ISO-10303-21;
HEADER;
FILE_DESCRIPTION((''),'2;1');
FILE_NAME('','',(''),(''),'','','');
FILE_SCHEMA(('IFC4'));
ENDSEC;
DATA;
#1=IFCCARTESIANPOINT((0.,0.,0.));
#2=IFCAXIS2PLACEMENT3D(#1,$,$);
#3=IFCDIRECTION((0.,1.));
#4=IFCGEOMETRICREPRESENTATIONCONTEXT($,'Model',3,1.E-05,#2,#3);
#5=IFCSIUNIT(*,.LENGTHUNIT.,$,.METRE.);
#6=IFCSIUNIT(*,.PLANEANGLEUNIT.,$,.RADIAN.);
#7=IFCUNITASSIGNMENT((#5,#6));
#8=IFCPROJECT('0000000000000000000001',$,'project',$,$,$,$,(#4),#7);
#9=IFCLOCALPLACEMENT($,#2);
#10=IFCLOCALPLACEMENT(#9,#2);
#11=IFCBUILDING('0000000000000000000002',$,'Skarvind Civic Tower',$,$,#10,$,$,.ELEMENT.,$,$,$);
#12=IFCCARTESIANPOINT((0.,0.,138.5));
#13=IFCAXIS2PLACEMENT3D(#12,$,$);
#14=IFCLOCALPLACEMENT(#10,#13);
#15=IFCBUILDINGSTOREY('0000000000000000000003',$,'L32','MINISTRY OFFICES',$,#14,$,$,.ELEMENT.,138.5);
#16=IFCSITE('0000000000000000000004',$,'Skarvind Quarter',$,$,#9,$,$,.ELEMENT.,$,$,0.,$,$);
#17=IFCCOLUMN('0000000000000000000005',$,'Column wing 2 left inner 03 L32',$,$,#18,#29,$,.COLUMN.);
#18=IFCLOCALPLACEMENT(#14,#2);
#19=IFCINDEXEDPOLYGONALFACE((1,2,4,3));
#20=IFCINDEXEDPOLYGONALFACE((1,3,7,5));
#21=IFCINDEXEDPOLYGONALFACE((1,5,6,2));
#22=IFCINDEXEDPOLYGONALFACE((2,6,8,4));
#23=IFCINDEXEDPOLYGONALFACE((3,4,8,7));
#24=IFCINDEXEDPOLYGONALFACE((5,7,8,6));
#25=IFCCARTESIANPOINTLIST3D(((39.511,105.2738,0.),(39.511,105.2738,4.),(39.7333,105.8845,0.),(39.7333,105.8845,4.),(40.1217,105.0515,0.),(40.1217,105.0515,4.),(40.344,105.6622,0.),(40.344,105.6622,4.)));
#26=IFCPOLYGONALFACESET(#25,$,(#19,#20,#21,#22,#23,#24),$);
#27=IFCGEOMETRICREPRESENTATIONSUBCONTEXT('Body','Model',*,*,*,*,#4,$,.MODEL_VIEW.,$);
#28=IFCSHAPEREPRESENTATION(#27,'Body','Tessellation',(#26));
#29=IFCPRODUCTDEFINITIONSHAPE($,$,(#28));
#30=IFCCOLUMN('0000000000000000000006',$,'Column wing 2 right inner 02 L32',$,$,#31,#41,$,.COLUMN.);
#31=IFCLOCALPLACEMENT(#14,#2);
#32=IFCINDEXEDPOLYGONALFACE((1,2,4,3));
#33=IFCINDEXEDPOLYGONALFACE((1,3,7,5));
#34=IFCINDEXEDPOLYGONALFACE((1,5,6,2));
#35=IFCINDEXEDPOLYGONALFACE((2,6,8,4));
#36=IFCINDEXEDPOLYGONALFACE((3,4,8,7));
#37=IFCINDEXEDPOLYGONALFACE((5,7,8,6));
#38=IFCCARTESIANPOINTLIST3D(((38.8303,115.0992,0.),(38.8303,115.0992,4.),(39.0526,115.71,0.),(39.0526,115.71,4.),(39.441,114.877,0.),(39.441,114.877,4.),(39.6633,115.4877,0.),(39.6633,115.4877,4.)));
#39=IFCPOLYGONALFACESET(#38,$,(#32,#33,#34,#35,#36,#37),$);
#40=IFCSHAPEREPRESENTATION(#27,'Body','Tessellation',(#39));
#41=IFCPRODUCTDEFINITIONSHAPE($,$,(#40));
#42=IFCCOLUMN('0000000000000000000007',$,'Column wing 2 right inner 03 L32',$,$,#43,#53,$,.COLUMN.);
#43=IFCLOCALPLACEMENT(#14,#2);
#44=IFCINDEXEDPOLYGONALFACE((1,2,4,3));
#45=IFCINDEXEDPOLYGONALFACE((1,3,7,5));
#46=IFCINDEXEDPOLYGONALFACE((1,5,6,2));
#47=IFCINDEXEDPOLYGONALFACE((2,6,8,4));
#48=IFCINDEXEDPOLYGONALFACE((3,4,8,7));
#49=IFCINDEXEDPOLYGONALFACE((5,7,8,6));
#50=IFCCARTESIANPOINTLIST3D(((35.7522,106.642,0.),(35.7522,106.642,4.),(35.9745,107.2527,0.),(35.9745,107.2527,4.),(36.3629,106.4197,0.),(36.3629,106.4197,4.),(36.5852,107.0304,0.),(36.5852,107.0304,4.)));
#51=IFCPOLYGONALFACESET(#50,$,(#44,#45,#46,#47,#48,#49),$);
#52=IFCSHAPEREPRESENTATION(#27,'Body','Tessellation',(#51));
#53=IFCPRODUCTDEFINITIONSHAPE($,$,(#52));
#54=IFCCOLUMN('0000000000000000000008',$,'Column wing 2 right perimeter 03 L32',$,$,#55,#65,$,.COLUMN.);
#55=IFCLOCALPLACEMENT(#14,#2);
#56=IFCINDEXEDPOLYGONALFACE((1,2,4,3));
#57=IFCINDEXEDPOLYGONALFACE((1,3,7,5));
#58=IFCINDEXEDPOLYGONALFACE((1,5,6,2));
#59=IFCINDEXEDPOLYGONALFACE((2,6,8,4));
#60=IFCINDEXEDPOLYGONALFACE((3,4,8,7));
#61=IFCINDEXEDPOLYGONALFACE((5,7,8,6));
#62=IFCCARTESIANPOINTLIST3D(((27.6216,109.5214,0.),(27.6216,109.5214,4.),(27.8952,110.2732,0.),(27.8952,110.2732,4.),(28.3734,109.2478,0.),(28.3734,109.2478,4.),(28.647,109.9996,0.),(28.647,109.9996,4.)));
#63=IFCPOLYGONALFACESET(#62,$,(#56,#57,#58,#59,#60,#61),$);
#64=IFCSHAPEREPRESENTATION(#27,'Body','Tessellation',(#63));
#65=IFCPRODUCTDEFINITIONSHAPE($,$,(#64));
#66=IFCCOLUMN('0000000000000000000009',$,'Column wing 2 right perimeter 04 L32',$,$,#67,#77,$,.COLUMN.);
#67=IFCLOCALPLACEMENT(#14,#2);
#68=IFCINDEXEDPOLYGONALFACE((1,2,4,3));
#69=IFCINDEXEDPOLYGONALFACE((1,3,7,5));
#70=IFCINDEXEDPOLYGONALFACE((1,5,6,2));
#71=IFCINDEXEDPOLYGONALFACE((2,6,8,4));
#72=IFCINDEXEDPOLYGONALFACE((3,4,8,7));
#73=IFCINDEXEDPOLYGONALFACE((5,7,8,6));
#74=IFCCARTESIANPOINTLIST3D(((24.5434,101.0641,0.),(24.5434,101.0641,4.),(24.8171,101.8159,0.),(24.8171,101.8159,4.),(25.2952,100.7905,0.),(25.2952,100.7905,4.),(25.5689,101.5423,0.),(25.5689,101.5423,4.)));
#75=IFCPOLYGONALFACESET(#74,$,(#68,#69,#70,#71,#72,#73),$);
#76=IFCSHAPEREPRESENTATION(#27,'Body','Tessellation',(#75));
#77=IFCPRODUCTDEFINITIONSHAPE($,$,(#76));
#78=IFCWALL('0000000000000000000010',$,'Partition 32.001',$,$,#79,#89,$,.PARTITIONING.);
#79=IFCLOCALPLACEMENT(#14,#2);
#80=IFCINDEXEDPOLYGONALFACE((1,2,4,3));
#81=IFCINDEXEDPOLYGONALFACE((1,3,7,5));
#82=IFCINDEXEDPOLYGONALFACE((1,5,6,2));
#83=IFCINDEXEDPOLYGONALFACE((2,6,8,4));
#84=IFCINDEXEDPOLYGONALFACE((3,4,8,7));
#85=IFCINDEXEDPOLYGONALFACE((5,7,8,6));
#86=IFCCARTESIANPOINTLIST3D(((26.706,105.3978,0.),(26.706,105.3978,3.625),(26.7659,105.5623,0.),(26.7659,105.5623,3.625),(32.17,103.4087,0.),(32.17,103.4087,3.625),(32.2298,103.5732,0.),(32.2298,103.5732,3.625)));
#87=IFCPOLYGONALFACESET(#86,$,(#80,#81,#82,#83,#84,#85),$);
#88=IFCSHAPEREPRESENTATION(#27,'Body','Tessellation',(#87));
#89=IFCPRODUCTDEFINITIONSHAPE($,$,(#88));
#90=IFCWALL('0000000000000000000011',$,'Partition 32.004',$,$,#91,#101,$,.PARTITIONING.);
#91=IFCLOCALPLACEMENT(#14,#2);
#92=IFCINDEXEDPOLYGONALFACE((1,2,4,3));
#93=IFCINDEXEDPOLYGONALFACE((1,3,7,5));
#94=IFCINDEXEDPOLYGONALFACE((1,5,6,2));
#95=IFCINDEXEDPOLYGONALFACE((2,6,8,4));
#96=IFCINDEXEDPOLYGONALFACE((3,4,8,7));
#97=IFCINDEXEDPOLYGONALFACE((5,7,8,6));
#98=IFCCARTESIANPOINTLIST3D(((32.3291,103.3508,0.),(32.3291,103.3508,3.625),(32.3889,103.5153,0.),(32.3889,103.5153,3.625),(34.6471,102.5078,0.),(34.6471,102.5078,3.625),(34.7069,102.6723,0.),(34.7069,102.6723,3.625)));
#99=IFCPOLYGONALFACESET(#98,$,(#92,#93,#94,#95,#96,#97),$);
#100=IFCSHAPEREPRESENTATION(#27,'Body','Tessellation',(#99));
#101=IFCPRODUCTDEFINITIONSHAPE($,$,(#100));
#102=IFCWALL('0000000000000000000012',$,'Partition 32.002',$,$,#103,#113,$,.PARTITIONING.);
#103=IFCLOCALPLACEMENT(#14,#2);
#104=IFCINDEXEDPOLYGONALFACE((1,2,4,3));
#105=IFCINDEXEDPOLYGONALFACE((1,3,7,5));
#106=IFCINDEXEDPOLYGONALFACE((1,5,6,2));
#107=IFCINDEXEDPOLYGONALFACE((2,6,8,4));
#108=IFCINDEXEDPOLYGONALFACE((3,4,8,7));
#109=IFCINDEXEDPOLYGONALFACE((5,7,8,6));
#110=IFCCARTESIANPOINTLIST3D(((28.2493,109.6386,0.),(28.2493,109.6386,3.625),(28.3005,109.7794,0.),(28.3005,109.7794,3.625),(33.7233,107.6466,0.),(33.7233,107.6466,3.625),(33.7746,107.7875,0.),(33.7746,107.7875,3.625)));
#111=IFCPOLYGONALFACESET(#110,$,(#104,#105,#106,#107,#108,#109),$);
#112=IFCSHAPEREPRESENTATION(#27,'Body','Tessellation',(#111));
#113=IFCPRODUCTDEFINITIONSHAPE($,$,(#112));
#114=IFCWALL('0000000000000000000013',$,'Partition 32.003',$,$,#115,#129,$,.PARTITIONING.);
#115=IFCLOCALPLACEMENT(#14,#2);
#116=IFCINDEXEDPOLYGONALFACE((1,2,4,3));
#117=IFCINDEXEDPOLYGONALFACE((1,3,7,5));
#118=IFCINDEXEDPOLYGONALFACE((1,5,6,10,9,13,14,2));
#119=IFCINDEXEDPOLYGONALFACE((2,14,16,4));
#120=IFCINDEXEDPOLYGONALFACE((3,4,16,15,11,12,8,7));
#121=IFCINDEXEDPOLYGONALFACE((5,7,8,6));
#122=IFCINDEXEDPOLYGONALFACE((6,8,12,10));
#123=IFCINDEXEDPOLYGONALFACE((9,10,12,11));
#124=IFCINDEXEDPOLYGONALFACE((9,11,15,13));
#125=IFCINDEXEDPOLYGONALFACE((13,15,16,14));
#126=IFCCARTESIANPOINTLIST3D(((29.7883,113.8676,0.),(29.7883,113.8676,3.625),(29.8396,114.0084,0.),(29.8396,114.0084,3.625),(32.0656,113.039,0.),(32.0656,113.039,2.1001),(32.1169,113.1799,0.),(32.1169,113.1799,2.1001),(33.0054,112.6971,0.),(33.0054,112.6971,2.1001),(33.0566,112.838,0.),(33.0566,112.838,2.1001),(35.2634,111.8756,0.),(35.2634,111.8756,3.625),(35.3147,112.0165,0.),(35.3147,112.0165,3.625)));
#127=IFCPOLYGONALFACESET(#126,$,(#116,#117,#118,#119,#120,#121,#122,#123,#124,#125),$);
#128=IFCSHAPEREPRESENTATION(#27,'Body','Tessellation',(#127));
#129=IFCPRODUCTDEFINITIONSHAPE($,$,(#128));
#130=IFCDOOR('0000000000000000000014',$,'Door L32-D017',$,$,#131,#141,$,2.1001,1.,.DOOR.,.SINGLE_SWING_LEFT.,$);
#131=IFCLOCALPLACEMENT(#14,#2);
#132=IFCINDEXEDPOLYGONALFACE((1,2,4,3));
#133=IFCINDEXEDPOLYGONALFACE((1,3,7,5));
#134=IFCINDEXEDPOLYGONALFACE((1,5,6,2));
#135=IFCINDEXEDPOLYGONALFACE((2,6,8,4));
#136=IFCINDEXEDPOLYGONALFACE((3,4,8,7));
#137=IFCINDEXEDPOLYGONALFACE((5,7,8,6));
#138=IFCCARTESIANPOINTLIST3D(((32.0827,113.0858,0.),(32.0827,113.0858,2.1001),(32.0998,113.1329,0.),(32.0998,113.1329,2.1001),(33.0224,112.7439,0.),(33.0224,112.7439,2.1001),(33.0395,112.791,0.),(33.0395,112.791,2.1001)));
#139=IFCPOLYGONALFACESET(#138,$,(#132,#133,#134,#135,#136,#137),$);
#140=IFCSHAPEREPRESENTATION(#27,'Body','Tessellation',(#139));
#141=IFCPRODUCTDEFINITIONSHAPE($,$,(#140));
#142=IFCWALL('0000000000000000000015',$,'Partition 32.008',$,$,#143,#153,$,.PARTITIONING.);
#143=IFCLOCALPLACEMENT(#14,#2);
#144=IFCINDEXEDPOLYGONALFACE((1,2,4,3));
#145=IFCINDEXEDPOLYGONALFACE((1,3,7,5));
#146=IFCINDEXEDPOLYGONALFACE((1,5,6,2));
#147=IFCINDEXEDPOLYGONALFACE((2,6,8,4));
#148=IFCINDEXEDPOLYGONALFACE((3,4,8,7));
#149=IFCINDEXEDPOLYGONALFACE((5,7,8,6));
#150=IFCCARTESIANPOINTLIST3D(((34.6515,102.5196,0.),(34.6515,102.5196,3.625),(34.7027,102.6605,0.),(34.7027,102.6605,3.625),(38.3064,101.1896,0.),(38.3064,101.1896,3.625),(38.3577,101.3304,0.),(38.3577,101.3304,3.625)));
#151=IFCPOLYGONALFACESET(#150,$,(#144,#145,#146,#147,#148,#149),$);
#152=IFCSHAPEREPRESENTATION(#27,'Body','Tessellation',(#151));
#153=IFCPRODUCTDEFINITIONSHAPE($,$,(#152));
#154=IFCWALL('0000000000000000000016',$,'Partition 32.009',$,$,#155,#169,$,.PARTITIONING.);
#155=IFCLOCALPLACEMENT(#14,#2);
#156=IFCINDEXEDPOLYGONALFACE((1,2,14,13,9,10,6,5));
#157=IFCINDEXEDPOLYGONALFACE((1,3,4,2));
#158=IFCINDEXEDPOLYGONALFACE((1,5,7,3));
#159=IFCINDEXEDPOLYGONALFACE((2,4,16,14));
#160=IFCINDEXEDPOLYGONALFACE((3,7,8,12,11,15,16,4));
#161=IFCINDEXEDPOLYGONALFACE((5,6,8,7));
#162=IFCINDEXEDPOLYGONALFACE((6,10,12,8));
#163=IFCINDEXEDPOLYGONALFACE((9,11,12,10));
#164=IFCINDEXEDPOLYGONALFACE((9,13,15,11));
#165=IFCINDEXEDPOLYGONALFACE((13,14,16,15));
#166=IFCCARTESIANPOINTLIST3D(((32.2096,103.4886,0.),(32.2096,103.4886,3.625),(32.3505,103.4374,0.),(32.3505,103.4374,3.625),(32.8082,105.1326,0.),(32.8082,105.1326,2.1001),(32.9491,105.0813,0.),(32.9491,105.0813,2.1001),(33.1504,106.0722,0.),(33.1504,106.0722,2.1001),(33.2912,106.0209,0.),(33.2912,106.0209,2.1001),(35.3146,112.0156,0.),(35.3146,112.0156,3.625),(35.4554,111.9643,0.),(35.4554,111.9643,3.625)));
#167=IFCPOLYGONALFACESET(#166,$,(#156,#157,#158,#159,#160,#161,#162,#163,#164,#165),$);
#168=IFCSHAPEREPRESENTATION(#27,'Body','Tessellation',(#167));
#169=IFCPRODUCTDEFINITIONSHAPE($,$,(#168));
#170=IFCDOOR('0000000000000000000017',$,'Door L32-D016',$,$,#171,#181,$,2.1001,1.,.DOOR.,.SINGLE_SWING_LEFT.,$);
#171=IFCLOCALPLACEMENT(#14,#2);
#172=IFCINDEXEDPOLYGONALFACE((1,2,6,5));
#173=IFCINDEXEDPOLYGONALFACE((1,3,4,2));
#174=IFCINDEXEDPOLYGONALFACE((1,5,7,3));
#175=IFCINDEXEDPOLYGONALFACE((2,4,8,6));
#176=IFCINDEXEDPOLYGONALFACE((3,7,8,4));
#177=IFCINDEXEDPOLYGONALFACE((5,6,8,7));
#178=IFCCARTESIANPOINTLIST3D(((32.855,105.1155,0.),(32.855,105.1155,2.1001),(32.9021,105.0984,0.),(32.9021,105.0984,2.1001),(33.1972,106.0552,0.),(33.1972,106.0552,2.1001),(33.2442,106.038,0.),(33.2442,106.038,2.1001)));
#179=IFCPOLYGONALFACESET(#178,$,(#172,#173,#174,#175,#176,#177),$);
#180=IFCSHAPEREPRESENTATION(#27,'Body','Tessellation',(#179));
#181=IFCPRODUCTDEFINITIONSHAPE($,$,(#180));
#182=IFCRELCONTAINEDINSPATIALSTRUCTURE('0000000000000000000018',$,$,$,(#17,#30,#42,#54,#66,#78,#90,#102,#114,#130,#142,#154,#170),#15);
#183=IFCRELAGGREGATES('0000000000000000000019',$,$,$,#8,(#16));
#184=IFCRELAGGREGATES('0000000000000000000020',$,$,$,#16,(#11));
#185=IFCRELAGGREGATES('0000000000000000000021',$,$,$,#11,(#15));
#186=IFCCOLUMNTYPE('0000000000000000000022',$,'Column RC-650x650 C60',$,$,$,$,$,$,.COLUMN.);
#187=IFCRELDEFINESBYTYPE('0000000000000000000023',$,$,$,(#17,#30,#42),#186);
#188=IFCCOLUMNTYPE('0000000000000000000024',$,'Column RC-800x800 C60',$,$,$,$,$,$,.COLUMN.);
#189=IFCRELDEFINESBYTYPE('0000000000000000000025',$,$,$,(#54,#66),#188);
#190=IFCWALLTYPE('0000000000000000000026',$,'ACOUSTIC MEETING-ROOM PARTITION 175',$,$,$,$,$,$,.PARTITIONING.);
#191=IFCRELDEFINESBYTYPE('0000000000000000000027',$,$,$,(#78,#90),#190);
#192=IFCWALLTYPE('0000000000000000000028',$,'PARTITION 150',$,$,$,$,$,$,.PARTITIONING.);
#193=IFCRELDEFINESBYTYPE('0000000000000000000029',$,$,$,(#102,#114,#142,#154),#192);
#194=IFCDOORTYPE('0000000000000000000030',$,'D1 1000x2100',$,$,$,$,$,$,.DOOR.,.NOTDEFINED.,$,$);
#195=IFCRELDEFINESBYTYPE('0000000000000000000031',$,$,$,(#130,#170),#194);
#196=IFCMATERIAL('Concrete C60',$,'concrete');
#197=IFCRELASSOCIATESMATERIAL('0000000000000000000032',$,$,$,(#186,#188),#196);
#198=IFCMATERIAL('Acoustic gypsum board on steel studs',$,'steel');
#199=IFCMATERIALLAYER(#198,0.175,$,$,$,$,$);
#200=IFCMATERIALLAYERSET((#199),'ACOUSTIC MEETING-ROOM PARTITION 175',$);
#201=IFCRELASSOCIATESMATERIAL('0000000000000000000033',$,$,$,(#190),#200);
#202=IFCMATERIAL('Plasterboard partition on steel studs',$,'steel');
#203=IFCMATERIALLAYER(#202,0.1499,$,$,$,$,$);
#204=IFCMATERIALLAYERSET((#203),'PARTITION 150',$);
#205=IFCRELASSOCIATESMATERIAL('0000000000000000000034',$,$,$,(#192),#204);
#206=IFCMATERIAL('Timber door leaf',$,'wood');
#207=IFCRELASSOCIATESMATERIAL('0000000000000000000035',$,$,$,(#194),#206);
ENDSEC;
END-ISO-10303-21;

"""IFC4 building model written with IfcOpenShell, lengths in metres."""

from ifc_helpers import new_model, si_unit, direction, frame, frame_2d, origin, origin_2d, place, context, subcontext, project, spatial, rectangle, extrude, material, layer, layer_set, material_profile, profile_set, type_object, element, fill, save


model = new_model("IFC4")

# Units and contexts
model_context = context("Model", 3, precision=1e-05, world=origin(), true_north=direction((0.0, 1.0)))
body_context = subcontext(model_context, "Body", "Model", "MODEL_VIEW")
ifc_project = project(units=[si_unit("LENGTHUNIT", "METRE"), si_unit("PLANEANGLEUNIT", "RADIAN")], contexts=[model_context])

# Site, building, storey
site_placement = place(None, origin())
site = spatial("IfcSite", under=ifc_project, at=site_placement, Name="Skarvind Quarter", CompositionType="ELEMENT", RefElevation=0.0)
building_placement = place(site_placement, origin())
building = spatial("IfcBuilding", under=site, at=building_placement, Name="Skarvind Civic Tower", CompositionType="ELEMENT")
storey_placement = place(building_placement, frame((0.0, 0.0, 138.5)))
storey = spatial("IfcBuildingStorey", under=building, at=storey_placement, Name="L32", Description="MINISTRY OFFICES", CompositionType="ELEMENT", Elevation=138.5)

# Columns
ifc_material_1 = material(Name="Concrete C60", Category="concrete")
ifc_material_profile_1 = material_profile(ifc_material_1, rectangle(XDim=0.6499, YDim=0.6499, at=origin_2d()), Name="RC-650x650")
ifc_profile_set_1 = profile_set([ifc_material_profile_1], Name="Concrete C60")
column_type_1 = type_object("IfcColumnType", Name="Column RC-650x650 C60", PredefinedType="COLUMN", material=ifc_profile_set_1)
for number, where, z_axis, x_axis, name in (
    (1, (39.9275, 105.468, 0.0), (0.0, 0.0, 1.0), (-0.34202, -0.939693, 0.0), "Column wing 2 left inner 03 L32"),
    (2, (39.2468, 115.2935, 0.0), (0.0, 0.0, 1.0), (-0.34202, -0.939693, 0.0), "Column wing 2 right inner 02 L32"),
    (3, (36.1687, 106.8362, 0.0), (0.0, 0.0, 1.0), (-0.34202, -0.939693, 0.0), "Column wing 2 right inner 03 L32"),
):
    element("IfcColumn", number, at=place(storey_placement, frame(where, z_axis=z_axis, x_axis=x_axis)), inside=storey, type_object=column_type_1, Name=name, PredefinedType="COLUMN", context=body_context, shape_type="SweptSolid", body=[
        extrude(rectangle(XDim=0.6499, YDim=0.6499, at=origin_2d()), origin(), (0.0, 0.0, 1.0), 4.0),
    ])
ifc_material_profile_2 = material_profile(ifc_material_1, rectangle(XDim=0.8, YDim=0.8, at=origin_2d()), Name="RC-800x800")
ifc_profile_set_2 = profile_set([ifc_material_profile_2], Name="Concrete C60")
column_type_2 = type_object("IfcColumnType", Name="Column RC-800x800 C60", PredefinedType="COLUMN", material=ifc_profile_set_2)
for number, where, z_axis, x_axis, name in (
    (4, (28.1343, 109.7605, 0.0), (0.0, 0.0, 1.0), (-0.34202, -0.939693, 0.0), "Column wing 2 right perimeter 03 L32"),
    (5, (25.0562, 101.3032, 0.0), (0.0, 0.0, 1.0), (-0.34202, -0.939693, 0.0), "Column wing 2 right perimeter 04 L32"),
):
    element("IfcColumn", number, at=place(storey_placement, frame(where, z_axis=z_axis, x_axis=x_axis)), inside=storey, type_object=column_type_2, Name=name, PredefinedType="COLUMN", context=body_context, shape_type="SweptSolid", body=[
        extrude(rectangle(XDim=0.8, YDim=0.8, at=origin_2d()), origin(), (0.0, 0.0, 1.0), 4.0),
    ])

# Walls
ifc_material_2 = material(Name="Acoustic gypsum board on steel studs", Category="steel")
ifc_layer_1 = layer(ifc_material_2, 0.175)
ifc_layer_set_1 = layer_set([ifc_layer_1], Name="ACOUSTIC MEETING-ROOM PARTITION 175")
wall_type_1 = type_object("IfcWallType", Name="ACOUSTIC MEETING-ROOM PARTITION 175", PredefinedType="PARTITIONING", material=ifc_layer_set_1)
wall_1_placement = place(storey_placement, frame((26.7361, 105.48, 0.0), z_axis=(0.0, 0.0, 1.0), x_axis=(0.939674, -0.34207, 0.0)))
element("IfcWall", 6, at=wall_1_placement, inside=storey, type_object=wall_type_1, Name="Partition 32.001", PredefinedType="PARTITIONING", context=body_context, shape_type="SweptSolid", body=[
    extrude(rectangle(XDim=5.8147, YDim=0.175, at=frame_2d((2.9072, 0.0))), origin(), (0.0, 0.0, 1.0), 3.625),
])
wall_2_placement = place(storey_placement, frame((32.3589, 103.4331, 0.0), z_axis=(0.0, 0.0, 1.0), x_axis=(0.939785, -0.341767, 0.0)))
element("IfcWall", 7, at=wall_2_placement, inside=storey, type_object=wall_type_1, Name="Partition 32.004", PredefinedType="PARTITIONING", context=body_context, shape_type="SweptSolid", body=[
    extrude(rectangle(XDim=2.4666, YDim=0.175, at=frame_2d((1.2334, 0.0))), origin(), (0.0, 0.0, 1.0), 3.625),
])
ifc_material_3 = material(Name="Plasterboard partition on steel studs", Category="steel")
ifc_layer_2 = layer(ifc_material_3, 0.1499)
ifc_layer_set_2 = layer_set([ifc_layer_2], Name="PARTITION 150")
wall_type_2 = type_object("IfcWallType", Name="PARTITION 150", PredefinedType="PARTITIONING", material=ifc_layer_set_2)
wall_3_placement = place(storey_placement, frame((28.2749, 109.709, 0.0), z_axis=(0.0, 0.0, 1.0), x_axis=(0.939719, -0.341948, 0.0)))
element("IfcWall", 8, at=wall_3_placement, inside=storey, type_object=wall_type_2, Name="Partition 32.002", PredefinedType="PARTITIONING", context=body_context, shape_type="SweptSolid", body=[
    extrude(rectangle(XDim=5.8252, YDim=0.1499, at=frame_2d((2.9126, 0.0))), origin(), (0.0, 0.0, 1.0), 3.625),
])

# Wall, opening, door
wall_4_placement = place(storey_placement, frame((29.814, 113.938, 0.0), z_axis=(0.0, 0.0, 1.0), x_axis=(0.939738, -0.341894, 0.0)))
wall_4 = element("IfcWall", 9, at=wall_4_placement, inside=storey, type_object=wall_type_2, Name="Partition 32.003", PredefinedType="PARTITIONING", context=body_context, shape_type="SweptSolid", body=[
    extrude(rectangle(XDim=5.8262, YDim=0.1499, at=frame_2d((2.9131, 0.0))), origin(), (0.0, 0.0, 1.0), 3.625),
])
opening_1_placement = place(wall_4_placement, frame((2.4233, 0.0, 0.0)))
opening_1 = element("IfcOpeningElement", 10, at=opening_1_placement, cuts=wall_4, PredefinedType="OPENING", context=body_context, shape_type="SweptSolid", body=[
    extrude(rectangle(XDim=1.0, YDim=2.1001, at=frame_2d((0.5, 1.05))), frame((0.0, 0.085, 0.0), z_axis=(0.0, -1.0, 0.0), x_axis=(1.0, 0.0, 0.0)), (0.0, 0.0, 1.0), 0.1699),
])
ifc_material_4 = material(Name="Timber door leaf", Category="wood")
door_type = type_object("IfcDoorType", Name="D1 1000x2100", OperationType="NOTDEFINED", PredefinedType="DOOR", material=ifc_material_4)
door_1_placement = place(opening_1_placement, origin())
door_1 = element("IfcDoor", 11, at=door_1_placement, inside=storey, type_object=door_type, Name="Door L32-D017", OperationType="SINGLE_SWING_LEFT", OverallHeight=2.1001, OverallWidth=1.0, PredefinedType="DOOR", context=body_context, shape_type="SweptSolid", body=[
    extrude(rectangle(XDim=1.0, YDim=2.1001, at=frame_2d((0.5, 1.05))), frame((0.0, 0.0249, 0.0), z_axis=(0.0, -1.0, 0.0), x_axis=(1.0, 0.0, 0.0)), (0.0, 0.0, 1.0), 0.05),
])
fill(opening_1, door_1)

# Wall
wall_5_placement = place(storey_placement, frame((34.677, 102.5901, 0.0), z_axis=(0.0, 0.0, 1.0), x_axis=(0.939713, -0.341965, 0.0)))
element("IfcWall", 12, at=wall_5_placement, inside=storey, type_object=wall_type_2, Name="Partition 32.008", PredefinedType="PARTITIONING", context=body_context, shape_type="SweptSolid", body=[
    extrude(rectangle(XDim=3.8894, YDim=0.1499, at=frame_2d((1.9448, 0.0))), origin(), (0.0, 0.0, 1.0), 3.625),
])

# Wall, opening, door
wall_6_placement = place(storey_placement, frame((35.385, 111.99, 0.0), z_axis=(0.0, 0.0, 1.0), x_axis=(-0.342153, -0.939644, 0.0)))
wall_6 = element("IfcWall", 13, at=wall_6_placement, inside=storey, type_object=wall_type_2, Name="Partition 32.009", PredefinedType="PARTITIONING", context=body_context, shape_type="SweptSolid", body=[
    extrude(rectangle(XDim=9.0747, YDim=0.1499, at=frame_2d((4.5374, 0.0))), origin(), (0.0, 0.0, 1.0), 3.625),
])
opening_2_placement = place(wall_6_placement, frame((6.3252, 0.0, 0.0)))
opening_2 = element("IfcOpeningElement", 14, at=opening_2_placement, cuts=wall_6, PredefinedType="OPENING", context=body_context, shape_type="SweptSolid", body=[
    extrude(rectangle(XDim=1.0, YDim=2.1001, at=frame_2d((0.5, 1.05))), frame((0.0, 0.085, 0.0), z_axis=(0.0, -1.0, 0.0), x_axis=(1.0, 0.0, 0.0)), (0.0, 0.0, 1.0), 0.1699),
])
door_2_placement = place(opening_2_placement, origin())
door_2 = element("IfcDoor", 15, at=door_2_placement, inside=storey, type_object=door_type, Name="Door L32-D016", OperationType="SINGLE_SWING_LEFT", OverallHeight=2.1001, OverallWidth=1.0, PredefinedType="DOOR", context=body_context, shape_type="SweptSolid", body=[
    extrude(rectangle(XDim=1.0, YDim=2.1001, at=frame_2d((0.5, 1.05))), frame((0.0, 0.0249, 0.0), z_axis=(0.0, -1.0, 0.0), x_axis=(1.0, 0.0, 0.0)), (0.0, 0.0, 1.0), 0.05),
])
fill(opening_2, door_2)

save(model, "model.ifc")
